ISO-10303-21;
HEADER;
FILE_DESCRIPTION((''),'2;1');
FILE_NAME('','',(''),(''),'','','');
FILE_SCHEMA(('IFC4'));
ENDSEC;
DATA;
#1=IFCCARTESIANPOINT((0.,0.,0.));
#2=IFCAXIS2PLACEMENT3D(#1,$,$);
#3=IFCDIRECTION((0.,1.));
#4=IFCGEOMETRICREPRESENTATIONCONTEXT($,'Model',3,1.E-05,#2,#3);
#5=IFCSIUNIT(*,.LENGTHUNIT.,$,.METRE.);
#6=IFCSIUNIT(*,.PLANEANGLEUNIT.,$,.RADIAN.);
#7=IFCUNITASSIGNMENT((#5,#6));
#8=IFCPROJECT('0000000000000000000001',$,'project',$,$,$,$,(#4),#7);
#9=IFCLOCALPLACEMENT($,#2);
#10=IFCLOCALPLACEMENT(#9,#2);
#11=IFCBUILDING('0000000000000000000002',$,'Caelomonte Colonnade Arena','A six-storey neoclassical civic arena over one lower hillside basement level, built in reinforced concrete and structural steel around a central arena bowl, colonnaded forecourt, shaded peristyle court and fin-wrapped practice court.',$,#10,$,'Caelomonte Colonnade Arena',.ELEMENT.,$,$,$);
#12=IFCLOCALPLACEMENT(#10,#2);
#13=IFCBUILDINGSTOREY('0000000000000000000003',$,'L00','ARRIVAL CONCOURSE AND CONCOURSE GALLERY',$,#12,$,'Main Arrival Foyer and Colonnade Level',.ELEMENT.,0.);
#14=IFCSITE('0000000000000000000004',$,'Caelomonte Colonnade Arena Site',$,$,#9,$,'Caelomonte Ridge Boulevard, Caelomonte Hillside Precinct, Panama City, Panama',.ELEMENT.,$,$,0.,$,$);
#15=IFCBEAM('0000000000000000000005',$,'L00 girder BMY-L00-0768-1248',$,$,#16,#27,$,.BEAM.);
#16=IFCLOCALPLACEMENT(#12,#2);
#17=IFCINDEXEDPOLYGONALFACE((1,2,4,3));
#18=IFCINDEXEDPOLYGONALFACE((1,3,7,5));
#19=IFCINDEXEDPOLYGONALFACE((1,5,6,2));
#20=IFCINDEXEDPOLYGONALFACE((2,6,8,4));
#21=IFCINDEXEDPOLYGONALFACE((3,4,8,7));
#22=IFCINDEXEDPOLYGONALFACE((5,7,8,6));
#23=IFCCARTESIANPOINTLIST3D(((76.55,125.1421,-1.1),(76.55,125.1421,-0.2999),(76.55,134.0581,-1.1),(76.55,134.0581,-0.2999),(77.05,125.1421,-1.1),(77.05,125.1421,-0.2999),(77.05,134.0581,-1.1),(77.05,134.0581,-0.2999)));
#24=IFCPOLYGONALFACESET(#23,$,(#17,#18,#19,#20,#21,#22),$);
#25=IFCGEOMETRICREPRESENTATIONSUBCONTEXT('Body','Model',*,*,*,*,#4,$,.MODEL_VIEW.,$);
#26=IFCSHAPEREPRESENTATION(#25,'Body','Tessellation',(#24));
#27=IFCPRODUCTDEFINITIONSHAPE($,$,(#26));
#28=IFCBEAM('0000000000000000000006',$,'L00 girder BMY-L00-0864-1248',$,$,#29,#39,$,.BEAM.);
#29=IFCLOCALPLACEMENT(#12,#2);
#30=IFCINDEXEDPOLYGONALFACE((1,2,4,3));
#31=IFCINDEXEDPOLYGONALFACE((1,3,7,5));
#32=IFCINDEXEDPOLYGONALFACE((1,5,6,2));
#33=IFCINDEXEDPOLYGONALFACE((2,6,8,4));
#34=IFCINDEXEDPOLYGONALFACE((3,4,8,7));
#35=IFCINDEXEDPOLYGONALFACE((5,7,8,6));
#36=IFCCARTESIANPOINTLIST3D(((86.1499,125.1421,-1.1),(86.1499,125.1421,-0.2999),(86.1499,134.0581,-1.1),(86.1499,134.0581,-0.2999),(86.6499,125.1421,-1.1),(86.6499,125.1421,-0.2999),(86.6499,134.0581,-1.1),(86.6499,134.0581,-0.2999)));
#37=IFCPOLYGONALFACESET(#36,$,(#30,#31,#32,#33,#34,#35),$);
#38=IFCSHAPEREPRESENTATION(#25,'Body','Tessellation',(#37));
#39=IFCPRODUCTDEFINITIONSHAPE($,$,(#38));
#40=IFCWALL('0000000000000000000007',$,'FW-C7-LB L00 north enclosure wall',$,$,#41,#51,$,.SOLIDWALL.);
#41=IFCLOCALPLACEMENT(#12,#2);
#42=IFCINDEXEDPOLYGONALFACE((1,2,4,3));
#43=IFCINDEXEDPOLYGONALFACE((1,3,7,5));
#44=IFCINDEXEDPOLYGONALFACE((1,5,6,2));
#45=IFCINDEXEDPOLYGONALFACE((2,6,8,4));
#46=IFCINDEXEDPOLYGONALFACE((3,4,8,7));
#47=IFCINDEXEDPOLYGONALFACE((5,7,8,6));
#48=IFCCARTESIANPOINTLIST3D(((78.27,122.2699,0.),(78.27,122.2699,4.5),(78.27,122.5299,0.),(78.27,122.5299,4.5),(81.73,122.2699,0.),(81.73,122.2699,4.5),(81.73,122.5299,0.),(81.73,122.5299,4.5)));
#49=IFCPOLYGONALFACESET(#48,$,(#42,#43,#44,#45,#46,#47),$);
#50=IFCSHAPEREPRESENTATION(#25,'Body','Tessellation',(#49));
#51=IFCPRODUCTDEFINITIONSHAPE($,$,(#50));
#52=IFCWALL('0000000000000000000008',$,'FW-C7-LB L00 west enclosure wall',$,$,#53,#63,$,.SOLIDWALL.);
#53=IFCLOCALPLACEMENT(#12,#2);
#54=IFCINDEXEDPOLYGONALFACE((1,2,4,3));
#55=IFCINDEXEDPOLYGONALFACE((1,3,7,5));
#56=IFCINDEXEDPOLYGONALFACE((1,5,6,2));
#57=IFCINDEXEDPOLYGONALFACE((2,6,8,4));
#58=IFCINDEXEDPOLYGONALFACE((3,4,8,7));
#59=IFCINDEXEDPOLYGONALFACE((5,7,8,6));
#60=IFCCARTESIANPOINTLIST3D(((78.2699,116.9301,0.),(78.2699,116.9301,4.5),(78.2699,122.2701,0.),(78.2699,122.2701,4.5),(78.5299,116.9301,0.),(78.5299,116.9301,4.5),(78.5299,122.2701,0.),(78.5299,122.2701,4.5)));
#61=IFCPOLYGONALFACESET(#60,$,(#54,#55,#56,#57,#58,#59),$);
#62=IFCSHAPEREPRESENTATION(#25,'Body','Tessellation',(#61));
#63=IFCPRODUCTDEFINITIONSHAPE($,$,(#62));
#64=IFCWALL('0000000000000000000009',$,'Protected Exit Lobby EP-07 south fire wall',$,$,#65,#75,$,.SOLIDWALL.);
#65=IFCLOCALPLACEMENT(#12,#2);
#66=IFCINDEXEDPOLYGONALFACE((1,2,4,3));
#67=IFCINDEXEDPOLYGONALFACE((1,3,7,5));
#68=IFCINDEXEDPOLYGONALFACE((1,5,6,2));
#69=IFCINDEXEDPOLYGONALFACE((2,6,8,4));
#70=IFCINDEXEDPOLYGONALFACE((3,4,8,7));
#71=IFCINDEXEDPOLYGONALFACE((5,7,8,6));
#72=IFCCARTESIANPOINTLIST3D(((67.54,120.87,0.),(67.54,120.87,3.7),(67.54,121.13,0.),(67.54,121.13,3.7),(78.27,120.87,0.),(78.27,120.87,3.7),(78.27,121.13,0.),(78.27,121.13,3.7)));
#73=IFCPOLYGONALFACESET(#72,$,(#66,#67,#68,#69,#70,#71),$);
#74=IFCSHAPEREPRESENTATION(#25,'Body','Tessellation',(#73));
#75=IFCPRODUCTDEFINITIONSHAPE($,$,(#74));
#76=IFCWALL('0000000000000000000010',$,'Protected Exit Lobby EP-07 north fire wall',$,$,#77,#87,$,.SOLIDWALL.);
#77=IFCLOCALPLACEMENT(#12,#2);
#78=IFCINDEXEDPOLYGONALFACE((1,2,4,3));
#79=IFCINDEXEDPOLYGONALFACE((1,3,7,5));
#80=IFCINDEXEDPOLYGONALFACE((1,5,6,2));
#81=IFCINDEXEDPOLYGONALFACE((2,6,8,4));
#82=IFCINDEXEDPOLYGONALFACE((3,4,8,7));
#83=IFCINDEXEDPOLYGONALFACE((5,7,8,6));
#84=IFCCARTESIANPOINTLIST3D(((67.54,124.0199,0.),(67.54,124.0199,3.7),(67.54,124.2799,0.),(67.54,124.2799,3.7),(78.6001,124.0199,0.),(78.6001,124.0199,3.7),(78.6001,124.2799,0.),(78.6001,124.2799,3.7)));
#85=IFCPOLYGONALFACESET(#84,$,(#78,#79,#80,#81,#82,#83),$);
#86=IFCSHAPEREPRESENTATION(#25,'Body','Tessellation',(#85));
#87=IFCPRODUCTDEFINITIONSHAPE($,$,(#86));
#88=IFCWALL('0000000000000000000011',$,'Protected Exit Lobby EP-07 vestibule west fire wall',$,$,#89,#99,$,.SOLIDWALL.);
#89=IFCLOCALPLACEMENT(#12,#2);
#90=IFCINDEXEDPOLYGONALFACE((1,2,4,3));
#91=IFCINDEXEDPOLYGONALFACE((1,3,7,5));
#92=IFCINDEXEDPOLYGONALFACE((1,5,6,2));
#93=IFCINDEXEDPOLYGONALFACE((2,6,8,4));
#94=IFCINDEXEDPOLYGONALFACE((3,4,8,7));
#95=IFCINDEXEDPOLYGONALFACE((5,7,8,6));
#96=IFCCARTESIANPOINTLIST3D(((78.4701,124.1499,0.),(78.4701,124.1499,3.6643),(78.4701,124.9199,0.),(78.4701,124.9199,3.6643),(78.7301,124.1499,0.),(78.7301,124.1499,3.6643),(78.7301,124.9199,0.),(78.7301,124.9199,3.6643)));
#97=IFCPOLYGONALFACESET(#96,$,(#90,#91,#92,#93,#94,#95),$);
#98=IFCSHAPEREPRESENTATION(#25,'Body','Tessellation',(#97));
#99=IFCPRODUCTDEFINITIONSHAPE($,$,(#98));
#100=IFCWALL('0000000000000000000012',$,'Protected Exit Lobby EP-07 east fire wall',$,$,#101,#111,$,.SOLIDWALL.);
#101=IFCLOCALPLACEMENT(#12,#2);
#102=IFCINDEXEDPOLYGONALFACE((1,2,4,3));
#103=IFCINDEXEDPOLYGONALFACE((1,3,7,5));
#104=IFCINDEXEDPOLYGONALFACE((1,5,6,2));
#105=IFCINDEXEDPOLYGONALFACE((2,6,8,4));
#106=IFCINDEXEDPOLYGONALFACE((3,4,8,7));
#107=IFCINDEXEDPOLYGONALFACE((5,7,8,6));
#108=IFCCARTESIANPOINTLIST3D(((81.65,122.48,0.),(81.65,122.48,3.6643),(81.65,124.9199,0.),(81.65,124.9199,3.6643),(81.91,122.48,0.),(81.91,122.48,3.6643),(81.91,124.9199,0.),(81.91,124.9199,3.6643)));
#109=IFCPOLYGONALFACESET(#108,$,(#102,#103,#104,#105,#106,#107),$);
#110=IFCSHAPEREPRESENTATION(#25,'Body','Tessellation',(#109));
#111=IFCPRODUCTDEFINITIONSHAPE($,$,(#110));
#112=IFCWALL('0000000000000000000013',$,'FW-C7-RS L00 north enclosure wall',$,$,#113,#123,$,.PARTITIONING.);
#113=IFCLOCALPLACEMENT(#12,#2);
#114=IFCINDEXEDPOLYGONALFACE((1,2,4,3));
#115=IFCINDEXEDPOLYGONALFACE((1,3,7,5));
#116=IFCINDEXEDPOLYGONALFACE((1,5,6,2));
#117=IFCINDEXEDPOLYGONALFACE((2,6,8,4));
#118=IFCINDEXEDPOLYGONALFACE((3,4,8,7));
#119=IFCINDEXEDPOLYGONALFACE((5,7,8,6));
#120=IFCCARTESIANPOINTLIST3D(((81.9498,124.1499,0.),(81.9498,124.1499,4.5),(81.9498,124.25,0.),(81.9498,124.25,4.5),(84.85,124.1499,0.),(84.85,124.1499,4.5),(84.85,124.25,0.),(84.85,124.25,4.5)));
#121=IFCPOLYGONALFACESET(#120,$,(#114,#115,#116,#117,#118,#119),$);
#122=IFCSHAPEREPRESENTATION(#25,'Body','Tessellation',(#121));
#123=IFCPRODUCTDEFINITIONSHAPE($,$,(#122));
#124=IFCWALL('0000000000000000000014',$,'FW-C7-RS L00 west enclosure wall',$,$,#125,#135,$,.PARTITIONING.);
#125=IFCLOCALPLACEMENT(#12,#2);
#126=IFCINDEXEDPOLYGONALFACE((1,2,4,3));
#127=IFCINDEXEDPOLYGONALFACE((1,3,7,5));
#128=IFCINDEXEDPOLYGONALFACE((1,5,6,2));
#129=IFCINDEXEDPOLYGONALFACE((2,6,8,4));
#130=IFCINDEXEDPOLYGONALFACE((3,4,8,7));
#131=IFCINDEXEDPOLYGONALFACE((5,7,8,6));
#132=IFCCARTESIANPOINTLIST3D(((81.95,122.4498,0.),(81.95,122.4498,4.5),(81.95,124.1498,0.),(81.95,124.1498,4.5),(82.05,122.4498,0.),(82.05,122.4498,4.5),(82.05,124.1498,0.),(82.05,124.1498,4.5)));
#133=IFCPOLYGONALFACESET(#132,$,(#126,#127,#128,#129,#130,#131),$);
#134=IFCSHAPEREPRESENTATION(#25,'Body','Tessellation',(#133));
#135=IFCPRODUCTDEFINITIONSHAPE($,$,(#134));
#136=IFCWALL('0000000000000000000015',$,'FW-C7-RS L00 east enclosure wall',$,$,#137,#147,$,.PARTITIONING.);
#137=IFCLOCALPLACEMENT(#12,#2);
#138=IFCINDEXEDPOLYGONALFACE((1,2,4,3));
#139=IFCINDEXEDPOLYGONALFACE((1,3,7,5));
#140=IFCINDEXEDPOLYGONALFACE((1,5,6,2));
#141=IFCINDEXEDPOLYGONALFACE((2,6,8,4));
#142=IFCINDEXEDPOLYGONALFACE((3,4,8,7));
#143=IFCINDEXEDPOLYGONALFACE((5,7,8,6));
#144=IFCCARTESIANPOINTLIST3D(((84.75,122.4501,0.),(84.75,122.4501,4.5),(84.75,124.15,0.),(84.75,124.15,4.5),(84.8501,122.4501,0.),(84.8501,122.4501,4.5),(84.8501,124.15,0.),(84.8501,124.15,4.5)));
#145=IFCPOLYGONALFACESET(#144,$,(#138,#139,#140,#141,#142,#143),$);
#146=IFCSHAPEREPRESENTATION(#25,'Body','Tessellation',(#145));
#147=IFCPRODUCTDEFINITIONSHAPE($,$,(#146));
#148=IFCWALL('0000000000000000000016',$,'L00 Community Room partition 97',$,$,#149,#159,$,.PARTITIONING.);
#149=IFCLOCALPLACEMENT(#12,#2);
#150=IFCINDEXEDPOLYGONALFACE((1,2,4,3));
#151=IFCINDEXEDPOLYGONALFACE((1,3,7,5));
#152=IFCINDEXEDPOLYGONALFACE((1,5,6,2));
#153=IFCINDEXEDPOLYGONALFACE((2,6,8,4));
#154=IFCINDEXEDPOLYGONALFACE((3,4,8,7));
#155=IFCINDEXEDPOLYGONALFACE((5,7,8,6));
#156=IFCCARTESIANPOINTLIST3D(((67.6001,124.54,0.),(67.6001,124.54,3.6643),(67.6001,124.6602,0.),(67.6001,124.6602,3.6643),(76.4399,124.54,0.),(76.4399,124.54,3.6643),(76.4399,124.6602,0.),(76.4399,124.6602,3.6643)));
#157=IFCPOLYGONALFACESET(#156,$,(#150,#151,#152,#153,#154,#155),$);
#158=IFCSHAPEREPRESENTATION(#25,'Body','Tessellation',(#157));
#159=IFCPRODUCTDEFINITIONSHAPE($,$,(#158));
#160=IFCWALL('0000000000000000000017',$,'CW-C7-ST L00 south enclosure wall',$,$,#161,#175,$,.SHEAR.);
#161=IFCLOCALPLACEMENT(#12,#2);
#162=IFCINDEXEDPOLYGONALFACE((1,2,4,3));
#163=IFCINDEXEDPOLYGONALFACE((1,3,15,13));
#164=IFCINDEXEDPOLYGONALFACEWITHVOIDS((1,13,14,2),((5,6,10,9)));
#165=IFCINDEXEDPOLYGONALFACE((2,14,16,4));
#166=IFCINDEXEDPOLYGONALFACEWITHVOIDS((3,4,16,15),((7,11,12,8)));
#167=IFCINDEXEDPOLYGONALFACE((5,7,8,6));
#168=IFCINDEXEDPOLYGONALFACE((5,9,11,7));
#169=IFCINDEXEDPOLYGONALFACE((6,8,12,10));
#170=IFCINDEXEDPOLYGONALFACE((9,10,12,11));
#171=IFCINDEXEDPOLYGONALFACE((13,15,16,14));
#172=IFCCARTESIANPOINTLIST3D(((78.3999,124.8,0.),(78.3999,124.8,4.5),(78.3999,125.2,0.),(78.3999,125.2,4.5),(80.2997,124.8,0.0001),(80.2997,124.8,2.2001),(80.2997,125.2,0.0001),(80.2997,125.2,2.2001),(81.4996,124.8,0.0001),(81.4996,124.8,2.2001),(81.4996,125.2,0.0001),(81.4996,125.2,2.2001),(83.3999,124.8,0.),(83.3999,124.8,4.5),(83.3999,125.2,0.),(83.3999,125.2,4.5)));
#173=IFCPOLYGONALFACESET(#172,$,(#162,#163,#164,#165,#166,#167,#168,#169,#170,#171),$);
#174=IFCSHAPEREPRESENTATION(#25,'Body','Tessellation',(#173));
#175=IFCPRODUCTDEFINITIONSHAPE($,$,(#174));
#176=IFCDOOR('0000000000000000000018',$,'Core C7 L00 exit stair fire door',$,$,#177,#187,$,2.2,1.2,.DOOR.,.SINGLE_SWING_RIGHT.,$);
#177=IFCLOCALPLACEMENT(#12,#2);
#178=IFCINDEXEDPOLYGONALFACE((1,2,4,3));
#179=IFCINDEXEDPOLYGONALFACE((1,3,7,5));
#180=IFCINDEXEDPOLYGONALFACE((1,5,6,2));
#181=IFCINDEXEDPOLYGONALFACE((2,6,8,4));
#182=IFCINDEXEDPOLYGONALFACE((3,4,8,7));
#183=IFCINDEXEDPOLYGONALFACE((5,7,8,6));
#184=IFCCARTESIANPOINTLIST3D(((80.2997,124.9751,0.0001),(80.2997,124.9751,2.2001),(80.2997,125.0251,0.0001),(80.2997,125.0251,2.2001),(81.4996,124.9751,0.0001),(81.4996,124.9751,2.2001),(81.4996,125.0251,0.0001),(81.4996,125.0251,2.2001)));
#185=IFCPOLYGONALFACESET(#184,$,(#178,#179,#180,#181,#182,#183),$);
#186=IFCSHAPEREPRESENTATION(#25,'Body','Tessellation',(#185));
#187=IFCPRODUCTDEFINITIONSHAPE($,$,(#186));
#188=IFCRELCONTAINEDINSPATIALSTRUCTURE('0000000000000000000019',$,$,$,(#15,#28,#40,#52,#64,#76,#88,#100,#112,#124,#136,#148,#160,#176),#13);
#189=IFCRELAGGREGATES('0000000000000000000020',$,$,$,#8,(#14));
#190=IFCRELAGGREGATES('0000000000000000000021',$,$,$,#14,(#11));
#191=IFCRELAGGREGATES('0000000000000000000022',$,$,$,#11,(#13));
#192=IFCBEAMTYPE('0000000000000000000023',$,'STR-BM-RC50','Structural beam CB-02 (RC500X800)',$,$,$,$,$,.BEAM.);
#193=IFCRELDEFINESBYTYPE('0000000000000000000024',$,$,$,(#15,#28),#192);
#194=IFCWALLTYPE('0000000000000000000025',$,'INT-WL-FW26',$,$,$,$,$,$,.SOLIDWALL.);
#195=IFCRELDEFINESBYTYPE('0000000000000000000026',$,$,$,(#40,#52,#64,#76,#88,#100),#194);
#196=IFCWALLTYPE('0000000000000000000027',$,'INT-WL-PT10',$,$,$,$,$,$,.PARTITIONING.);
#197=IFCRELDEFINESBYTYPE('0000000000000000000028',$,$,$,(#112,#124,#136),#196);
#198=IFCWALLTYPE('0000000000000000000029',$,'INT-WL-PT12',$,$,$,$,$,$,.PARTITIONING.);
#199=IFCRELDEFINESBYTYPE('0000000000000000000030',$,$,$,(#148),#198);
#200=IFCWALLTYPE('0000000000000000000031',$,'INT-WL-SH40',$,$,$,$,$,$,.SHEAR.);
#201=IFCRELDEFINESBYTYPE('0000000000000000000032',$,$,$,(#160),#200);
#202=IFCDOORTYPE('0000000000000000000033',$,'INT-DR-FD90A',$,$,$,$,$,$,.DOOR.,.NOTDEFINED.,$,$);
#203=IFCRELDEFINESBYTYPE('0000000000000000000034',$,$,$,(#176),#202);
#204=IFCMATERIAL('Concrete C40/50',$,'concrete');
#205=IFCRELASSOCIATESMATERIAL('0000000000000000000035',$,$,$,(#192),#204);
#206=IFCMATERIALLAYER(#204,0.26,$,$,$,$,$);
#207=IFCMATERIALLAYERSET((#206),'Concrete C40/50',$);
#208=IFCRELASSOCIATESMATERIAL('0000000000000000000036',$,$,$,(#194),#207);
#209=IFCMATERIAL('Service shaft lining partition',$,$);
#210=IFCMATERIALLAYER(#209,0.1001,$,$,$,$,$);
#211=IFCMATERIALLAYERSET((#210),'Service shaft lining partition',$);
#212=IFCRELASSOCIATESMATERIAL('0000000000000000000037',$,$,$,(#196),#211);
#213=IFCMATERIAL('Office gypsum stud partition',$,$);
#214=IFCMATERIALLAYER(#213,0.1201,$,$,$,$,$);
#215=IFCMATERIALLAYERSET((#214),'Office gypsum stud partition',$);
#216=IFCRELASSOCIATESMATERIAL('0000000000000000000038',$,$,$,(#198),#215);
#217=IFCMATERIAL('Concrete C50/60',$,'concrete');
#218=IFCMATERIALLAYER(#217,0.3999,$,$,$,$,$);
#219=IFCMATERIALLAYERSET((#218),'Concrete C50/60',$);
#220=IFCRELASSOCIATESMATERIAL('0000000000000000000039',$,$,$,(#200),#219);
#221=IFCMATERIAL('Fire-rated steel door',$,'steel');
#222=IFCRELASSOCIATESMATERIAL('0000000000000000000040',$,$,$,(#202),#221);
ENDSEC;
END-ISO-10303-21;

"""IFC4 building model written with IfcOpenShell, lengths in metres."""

from ifc_helpers import new_model, si_unit, direction, frame, frame_2d, origin, origin_2d, place, context, subcontext, project, spatial, rectangle, extrude, material, layer, layer_set, material_profile, profile_set, type_object, element, fill, save


model = new_model("IFC4")

# Units and contexts
model_context = context("Model", 3, precision=1e-05, world=origin(), true_north=direction((0.0, 1.0)))
body_context = subcontext(model_context, "Body", "Model", "MODEL_VIEW")
ifc_project = project(units=[si_unit("LENGTHUNIT", "METRE"), si_unit("PLANEANGLEUNIT", "RADIAN")], contexts=[model_context])

# Site, building, storey
site_placement = place(None, origin())
site = spatial("IfcSite", under=ifc_project, at=site_placement, Name="Caelomonte Colonnade Arena Site", LongName="Caelomonte Ridge Boulevard, Caelomonte Hillside Precinct, Panama City, Panama", CompositionType="ELEMENT", RefElevation=0.0)
building_placement = place(site_placement, origin())
building = spatial("IfcBuilding", under=site, at=building_placement, Name="Caelomonte Colonnade Arena", Description="A six-storey neoclassical civic arena over one lower hillside basement level, built in reinforced concrete and structural steel around a central arena bowl, colonnaded forecourt, shaded peristyle court and fin-wrapped practice court.", LongName="Caelomonte Colonnade Arena", CompositionType="ELEMENT")
storey_placement = place(building_placement, origin())
storey = spatial("IfcBuildingStorey", under=building, at=storey_placement, Name="L00", Description="ARRIVAL CONCOURSE AND CONCOURSE GALLERY", LongName="Main Arrival Foyer and Colonnade Level", CompositionType="ELEMENT", Elevation=0.0)

# Shared definitions
ifc_material_1 = material(Name="Concrete C40/50", Category="concrete")

# Beams
ifc_material_profile_1 = material_profile(ifc_material_1, rectangle(XDim=0.5, YDim=0.8, at=origin_2d()), Name="RC500X800")
ifc_profile_set_1 = profile_set([ifc_material_profile_1], Name="Concrete C40/50")
beam_type_1 = type_object("IfcBeamType", Name="STR-BM-RC50", Description="Structural beam CB-02 (RC500X800)", PredefinedType="BEAM", material=ifc_profile_set_1)
for number, where, z_axis, x_axis, name in (
    (1, (76.8, 125.1421, -0.7), (0.0, 1.0, 0.0), (-1.0, 0.0, 0.0), "L00 girder BMY-L00-0768-1248"),
    (2, (86.3999, 125.1421, -0.7), (0.0, 1.0, 0.0), (-1.0, 0.0, 0.0), "L00 girder BMY-L00-0864-1248"),
):
    element("IfcBeam", number, at=place(storey_placement, frame(where, z_axis=z_axis, x_axis=x_axis)), inside=storey, type_object=beam_type_1, Name=name, PredefinedType="BEAM", context=body_context, shape_type="SweptSolid", body=[
        extrude(rectangle(XDim=0.5, YDim=0.8, at=origin_2d()), origin(), (0.0, 0.0, 1.0), 8.916),
    ])

# Walls
ifc_layer_1 = layer(ifc_material_1, 0.26)
ifc_layer_set_1 = layer_set([ifc_layer_1], Name="Concrete C40/50")
wall_type_1 = type_object("IfcWallType", Name="INT-WL-FW26", PredefinedType="SOLIDWALL", material=ifc_layer_set_1)
wall_1_placement = place(storey_placement, frame((81.73, 122.3999, 0.0), z_axis=(0.0, 0.0, 1.0), x_axis=(-1.0, 0.0, 0.0)))
element("IfcWall", 3, at=wall_1_placement, inside=storey, type_object=wall_type_1, Name="FW-C7-LB L00 north enclosure wall", PredefinedType="SOLIDWALL", context=body_context, shape_type="SweptSolid", body=[
    extrude(rectangle(XDim=3.46, YDim=0.26, at=frame_2d((1.73, 0.0))), origin(), (0.0, 0.0, 1.0), 4.5),
])
wall_2_placement = place(storey_placement, frame((78.3999, 122.27, 0.0), z_axis=(0.0, 0.0, 1.0), x_axis=(0.0, -1.0, 0.0)))
element("IfcWall", 4, at=wall_2_placement, inside=storey, type_object=wall_type_1, Name="FW-C7-LB L00 west enclosure wall", PredefinedType="SOLIDWALL", context=body_context, shape_type="SweptSolid", body=[
    extrude(rectangle(XDim=5.3401, YDim=0.26, at=frame_2d((2.6699, 0.0))), origin(), (0.0, 0.0, 1.0), 4.5),
])
wall_3_placement = place(storey_placement, frame((67.54, 121.0, 0.0), z_axis=(0.0, 0.0, 1.0), x_axis=(1.0, 0.0, 0.0)))
element("IfcWall", 5, at=wall_3_placement, inside=storey, type_object=wall_type_1, Name="Protected Exit Lobby EP-07 south fire wall", PredefinedType="SOLIDWALL", context=body_context, shape_type="SweptSolid", body=[
    extrude(rectangle(XDim=10.73, YDim=0.26, at=frame_2d((5.365, 0.0))), origin(), (0.0, 0.0, 1.0), 3.7),
])
wall_4_placement = place(storey_placement, frame((67.54, 124.1499, 0.0), z_axis=(0.0, 0.0, 1.0), x_axis=(1.0, 0.0, 0.0)))
element("IfcWall", 6, at=wall_4_placement, inside=storey, type_object=wall_type_1, Name="Protected Exit Lobby EP-07 north fire wall", PredefinedType="SOLIDWALL", context=body_context, shape_type="SweptSolid", body=[
    extrude(rectangle(XDim=11.0601, YDim=0.26, at=frame_2d((5.53, 0.0))), origin(), (0.0, 0.0, 1.0), 3.7),
])
wall_5_placement = place(storey_placement, frame((78.6001, 124.1499, 0.0), z_axis=(0.0, 0.0, 1.0), x_axis=(0.0, 1.0, 0.0)))
element("IfcWall", 7, at=wall_5_placement, inside=storey, type_object=wall_type_1, Name="Protected Exit Lobby EP-07 vestibule west fire wall", PredefinedType="SOLIDWALL", context=body_context, shape_type="SweptSolid", body=[
    extrude(rectangle(XDim=0.77, YDim=0.26, at=frame_2d((0.385, 0.0))), origin(), (0.0, 0.0, 1.0), 3.6643),
])
wall_6_placement = place(storey_placement, frame((81.78, 122.48, 0.0), z_axis=(0.0, 0.0, 1.0), x_axis=(0.0, 1.0, 0.0)))
element("IfcWall", 8, at=wall_6_placement, inside=storey, type_object=wall_type_1, Name="Protected Exit Lobby EP-07 east fire wall", PredefinedType="SOLIDWALL", context=body_context, shape_type="SweptSolid", body=[
    extrude(rectangle(XDim=2.4399, YDim=0.26, at=frame_2d((1.22, 0.0))), origin(), (0.0, 0.0, 1.0), 3.6643),
])
ifc_material_2 = material(Name="Service shaft lining partition")
ifc_layer_2 = layer(ifc_material_2, 0.1001)
ifc_layer_set_2 = layer_set([ifc_layer_2], Name="Service shaft lining partition")
wall_type_2 = type_object("IfcWallType", Name="INT-WL-PT10", PredefinedType="PARTITIONING", material=ifc_layer_set_2)
wall_7_placement = place(storey_placement, frame((84.8501, 124.2, 0.0), z_axis=(0.0, 0.0, 1.0), x_axis=(-1.0, 0.0, 0.0)))
element("IfcWall", 9, at=wall_7_placement, inside=storey, type_object=wall_type_2, Name="FW-C7-RS L00 north enclosure wall", PredefinedType="PARTITIONING", context=body_context, shape_type="SweptSolid", body=[
    extrude(rectangle(XDim=2.9001, YDim=0.1001, at=frame_2d((1.4502, 0.0))), origin(), (0.0, 0.0, 1.0), 4.5),
])
for number, where, z_axis, x_axis, name in (
    (10, (82.0, 124.1499, 0.0), (0.0, 0.0, 1.0), (0.0, -1.0, 0.0), "FW-C7-RS L00 west enclosure wall"),
    (11, (84.8, 122.45, 0.0), (0.0, 0.0, 1.0), (0.0, 1.0, 0.0), "FW-C7-RS L00 east enclosure wall"),
):
    element("IfcWall", number, at=place(storey_placement, frame(where, z_axis=z_axis, x_axis=x_axis)), inside=storey, type_object=wall_type_2, Name=name, PredefinedType="PARTITIONING", context=body_context, shape_type="SweptSolid", body=[
        extrude(rectangle(XDim=1.7, YDim=0.1001, at=frame_2d((0.8501, 0.0))), origin(), (0.0, 0.0, 1.0), 4.5),
    ])
ifc_material_3 = material(Name="Office gypsum stud partition")
ifc_layer_3 = layer(ifc_material_3, 0.1201)
ifc_layer_set_3 = layer_set([ifc_layer_3], Name="Office gypsum stud partition")
wall_type_3 = type_object("IfcWallType", Name="INT-WL-PT12", PredefinedType="PARTITIONING", material=ifc_layer_set_3)
wall_8_placement = place(storey_placement, frame((76.4399, 124.6001, 0.0), z_axis=(0.0, 0.0, 1.0), x_axis=(-1.0, 0.0, 0.0)))
element("IfcWall", 12, at=wall_8_placement, inside=storey, type_object=wall_type_3, Name="L00 Community Room partition 97", PredefinedType="PARTITIONING", context=body_context, shape_type="SweptSolid", body=[
    extrude(rectangle(XDim=8.8398, YDim=0.1201, at=frame_2d((4.4199, 0.0))), origin(), (0.0, 0.0, 1.0), 3.6643),
])

# Wall, opening, door
ifc_material_4 = material(Name="Concrete C50/60", Category="concrete")
ifc_layer_4 = layer(ifc_material_4, 0.3999)
ifc_layer_set_4 = layer_set([ifc_layer_4], Name="Concrete C50/60")
wall_type_4 = type_object("IfcWallType", Name="INT-WL-SH40", PredefinedType="SHEAR", material=ifc_layer_set_4)
wall_9_placement = place(storey_placement, frame((78.3999, 125.0, 0.0), z_axis=(0.0, 0.0, 1.0), x_axis=(1.0, 0.0, 0.0)))
wall_9 = element("IfcWall", 13, at=wall_9_placement, inside=storey, type_object=wall_type_4, Name="CW-C7-ST L00 south enclosure wall", PredefinedType="SHEAR", context=body_context, shape_type="SweptSolid", body=[
    extrude(rectangle(XDim=5.0, YDim=0.3999, at=frame_2d((2.5, 0.0))), origin(), (0.0, 0.0, 1.0), 4.5),
])
opening_1_placement = place(wall_9_placement, frame((3.0999, 0.0, 0.0), z_axis=(0.0, 0.0, 1.0), x_axis=(-1.0, 0.0, 0.0)))
opening_1 = element("IfcOpeningElement", 14, at=opening_1_placement, cuts=wall_9, PredefinedType="OPENING", context=body_context, shape_type="SweptSolid", body=[
    extrude(rectangle(XDim=1.2, YDim=2.2, at=frame_2d((0.6001, 1.1001))), frame((0.0, 0.21, 0.0), z_axis=(0.0, -1.0, 0.0), x_axis=(1.0, 0.0, 0.0)), (0.0, 0.0, 1.0), 0.4199),
])
ifc_material_5 = material(Name="Fire-rated steel door", Category="steel")
door_type_1 = type_object("IfcDoorType", Name="INT-DR-FD90A", OperationType="NOTDEFINED", PredefinedType="DOOR", material=ifc_material_5)
door_1_placement = place(opening_1_placement, origin())
door_1 = element("IfcDoor", 15, at=door_1_placement, inside=storey, type_object=door_type_1, Name="Core C7 L00 exit stair fire door", OperationType="SINGLE_SWING_RIGHT", OverallHeight=2.2, OverallWidth=1.2, PredefinedType="DOOR", context=body_context, shape_type="SweptSolid", body=[
    extrude(rectangle(XDim=1.2, YDim=2.2, at=frame_2d((0.6001, 1.1001))), frame((0.0, 0.0249, 0.0), z_axis=(0.0, -1.0, 0.0), x_axis=(1.0, 0.0, 0.0)), (0.0, 0.0, 1.0), 0.05),
])
fill(opening_1, door_1)

save(model, "model.ifc")
